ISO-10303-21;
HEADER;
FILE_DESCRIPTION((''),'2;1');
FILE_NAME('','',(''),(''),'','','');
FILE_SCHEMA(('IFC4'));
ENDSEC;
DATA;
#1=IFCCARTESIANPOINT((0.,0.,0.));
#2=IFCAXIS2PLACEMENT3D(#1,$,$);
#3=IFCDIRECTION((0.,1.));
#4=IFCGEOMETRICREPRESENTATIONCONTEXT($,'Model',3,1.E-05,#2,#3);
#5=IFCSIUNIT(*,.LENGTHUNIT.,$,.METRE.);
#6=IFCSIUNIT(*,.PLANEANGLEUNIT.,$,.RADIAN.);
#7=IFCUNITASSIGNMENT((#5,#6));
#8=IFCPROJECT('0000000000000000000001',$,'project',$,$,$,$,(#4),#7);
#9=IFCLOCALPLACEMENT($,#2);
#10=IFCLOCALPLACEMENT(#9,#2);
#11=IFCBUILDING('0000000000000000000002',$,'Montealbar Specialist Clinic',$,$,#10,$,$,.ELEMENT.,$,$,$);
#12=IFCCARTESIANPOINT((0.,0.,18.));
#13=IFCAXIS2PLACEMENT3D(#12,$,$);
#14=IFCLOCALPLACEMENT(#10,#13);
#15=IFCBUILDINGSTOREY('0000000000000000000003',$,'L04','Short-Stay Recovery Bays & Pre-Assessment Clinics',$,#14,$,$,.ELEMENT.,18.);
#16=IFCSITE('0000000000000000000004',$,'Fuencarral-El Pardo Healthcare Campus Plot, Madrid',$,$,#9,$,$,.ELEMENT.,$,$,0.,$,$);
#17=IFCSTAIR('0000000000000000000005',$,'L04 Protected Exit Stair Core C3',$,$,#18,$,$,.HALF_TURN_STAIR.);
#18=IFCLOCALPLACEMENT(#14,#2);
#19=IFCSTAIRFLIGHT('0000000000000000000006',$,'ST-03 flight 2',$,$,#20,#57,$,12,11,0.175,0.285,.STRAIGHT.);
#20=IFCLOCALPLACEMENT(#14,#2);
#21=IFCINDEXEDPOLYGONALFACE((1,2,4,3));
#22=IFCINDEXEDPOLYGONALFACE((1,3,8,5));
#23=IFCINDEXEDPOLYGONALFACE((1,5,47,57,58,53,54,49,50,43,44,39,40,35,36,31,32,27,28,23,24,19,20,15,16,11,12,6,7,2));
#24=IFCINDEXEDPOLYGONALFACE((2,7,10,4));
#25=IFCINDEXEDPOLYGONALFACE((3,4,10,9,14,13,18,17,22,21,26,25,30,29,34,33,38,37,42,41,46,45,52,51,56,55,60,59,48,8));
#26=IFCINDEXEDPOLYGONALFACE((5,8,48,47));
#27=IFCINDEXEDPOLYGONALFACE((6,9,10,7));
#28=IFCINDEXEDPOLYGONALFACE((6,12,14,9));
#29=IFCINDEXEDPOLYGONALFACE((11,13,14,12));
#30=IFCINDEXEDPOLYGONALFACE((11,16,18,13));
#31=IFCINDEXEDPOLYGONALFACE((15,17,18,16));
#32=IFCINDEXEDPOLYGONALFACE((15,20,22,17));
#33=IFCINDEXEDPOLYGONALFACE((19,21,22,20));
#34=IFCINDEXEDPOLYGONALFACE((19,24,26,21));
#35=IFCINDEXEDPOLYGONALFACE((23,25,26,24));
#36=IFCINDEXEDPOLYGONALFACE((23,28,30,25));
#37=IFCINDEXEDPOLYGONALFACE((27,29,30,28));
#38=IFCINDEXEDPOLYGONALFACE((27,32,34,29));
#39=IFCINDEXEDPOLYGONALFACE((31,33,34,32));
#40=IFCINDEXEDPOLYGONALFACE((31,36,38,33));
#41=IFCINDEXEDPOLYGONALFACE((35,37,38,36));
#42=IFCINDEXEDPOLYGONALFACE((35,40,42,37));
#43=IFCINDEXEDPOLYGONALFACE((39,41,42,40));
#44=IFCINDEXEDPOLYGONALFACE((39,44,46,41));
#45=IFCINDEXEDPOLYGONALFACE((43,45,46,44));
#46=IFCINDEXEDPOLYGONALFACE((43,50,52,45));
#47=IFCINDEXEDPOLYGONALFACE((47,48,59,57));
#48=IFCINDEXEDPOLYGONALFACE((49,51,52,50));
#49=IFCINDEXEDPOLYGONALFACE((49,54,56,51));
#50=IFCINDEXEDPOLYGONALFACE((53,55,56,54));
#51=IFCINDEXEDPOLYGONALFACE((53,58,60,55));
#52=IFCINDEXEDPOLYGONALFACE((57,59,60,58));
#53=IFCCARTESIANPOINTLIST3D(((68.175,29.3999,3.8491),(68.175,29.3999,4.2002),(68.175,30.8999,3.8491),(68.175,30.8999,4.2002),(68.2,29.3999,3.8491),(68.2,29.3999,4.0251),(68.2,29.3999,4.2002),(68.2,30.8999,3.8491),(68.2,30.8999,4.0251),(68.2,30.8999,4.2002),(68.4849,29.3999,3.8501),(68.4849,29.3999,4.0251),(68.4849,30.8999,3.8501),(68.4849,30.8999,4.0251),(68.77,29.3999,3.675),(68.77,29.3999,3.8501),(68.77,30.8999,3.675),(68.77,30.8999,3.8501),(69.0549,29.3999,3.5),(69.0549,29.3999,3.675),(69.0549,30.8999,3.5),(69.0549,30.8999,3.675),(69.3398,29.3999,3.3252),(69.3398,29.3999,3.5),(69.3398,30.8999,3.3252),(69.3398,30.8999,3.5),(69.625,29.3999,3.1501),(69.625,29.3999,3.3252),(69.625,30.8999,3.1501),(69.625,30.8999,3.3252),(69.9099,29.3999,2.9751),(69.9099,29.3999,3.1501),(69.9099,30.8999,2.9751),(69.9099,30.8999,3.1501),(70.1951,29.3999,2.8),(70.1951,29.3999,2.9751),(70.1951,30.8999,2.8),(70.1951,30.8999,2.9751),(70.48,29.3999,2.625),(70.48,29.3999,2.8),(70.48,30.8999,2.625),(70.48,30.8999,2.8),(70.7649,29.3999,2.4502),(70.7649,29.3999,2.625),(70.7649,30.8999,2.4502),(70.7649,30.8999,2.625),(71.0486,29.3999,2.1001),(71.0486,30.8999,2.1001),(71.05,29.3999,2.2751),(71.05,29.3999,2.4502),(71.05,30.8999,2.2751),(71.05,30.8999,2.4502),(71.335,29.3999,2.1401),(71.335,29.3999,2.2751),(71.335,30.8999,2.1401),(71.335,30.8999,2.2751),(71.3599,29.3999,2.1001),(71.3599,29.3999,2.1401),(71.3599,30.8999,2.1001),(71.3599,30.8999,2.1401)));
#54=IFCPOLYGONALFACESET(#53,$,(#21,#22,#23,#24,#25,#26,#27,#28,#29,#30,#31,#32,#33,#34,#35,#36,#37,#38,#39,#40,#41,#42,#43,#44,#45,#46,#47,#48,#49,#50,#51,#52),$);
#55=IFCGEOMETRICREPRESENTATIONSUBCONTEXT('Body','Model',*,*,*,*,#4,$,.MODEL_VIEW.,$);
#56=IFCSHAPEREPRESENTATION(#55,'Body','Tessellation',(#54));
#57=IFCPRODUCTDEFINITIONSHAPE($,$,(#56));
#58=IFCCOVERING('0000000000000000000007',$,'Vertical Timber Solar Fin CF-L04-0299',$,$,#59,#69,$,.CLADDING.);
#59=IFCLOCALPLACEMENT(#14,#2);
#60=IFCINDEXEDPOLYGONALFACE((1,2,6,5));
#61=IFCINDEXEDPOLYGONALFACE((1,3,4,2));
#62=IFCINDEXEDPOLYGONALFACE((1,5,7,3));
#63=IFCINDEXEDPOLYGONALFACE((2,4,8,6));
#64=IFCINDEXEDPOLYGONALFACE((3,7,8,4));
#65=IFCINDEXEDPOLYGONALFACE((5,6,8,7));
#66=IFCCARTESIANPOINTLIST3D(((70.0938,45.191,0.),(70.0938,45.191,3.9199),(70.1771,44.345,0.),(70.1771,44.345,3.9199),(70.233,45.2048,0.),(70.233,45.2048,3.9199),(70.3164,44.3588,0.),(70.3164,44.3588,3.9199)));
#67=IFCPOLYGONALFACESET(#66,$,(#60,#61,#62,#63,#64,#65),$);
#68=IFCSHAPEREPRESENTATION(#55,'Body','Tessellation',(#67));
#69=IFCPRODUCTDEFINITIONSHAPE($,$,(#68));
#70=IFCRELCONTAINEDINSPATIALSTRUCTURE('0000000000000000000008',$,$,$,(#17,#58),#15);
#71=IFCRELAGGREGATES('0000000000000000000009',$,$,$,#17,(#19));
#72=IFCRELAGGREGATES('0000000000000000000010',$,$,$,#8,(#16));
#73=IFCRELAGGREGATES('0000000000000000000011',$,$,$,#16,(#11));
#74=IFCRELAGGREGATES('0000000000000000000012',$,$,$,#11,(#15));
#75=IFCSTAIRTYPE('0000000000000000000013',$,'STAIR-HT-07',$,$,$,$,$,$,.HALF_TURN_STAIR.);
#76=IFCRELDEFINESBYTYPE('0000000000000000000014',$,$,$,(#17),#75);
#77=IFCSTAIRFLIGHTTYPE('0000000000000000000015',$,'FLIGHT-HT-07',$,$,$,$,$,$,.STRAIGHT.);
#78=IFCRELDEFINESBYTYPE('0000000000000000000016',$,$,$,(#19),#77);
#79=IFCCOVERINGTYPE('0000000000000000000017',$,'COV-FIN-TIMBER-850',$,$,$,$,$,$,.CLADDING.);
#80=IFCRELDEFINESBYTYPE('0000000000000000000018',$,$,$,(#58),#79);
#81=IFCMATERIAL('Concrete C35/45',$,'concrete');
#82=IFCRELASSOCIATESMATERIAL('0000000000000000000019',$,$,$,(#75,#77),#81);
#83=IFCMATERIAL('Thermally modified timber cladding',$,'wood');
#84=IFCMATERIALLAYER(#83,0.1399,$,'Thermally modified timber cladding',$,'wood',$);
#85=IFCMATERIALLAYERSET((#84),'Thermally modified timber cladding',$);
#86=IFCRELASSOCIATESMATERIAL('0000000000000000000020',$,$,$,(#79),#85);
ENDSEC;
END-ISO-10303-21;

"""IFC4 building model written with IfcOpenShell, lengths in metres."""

from ifc_helpers import new_model, si_unit, direction, frame, origin, origin_2d, place, context, subcontext, project, spatial, polyline, rectangle, outline, extrude, material, layer, layer_set, type_object, element, aggregate, save


model = new_model("IFC4")

# Units and contexts
model_context = context("Model", 3, precision=1e-05, world=origin(), true_north=direction((0.0, 1.0)))
body_context = subcontext(model_context, "Body", "Model", "MODEL_VIEW")
ifc_project = project(units=[si_unit("LENGTHUNIT", "METRE"), si_unit("PLANEANGLEUNIT", "RADIAN")], contexts=[model_context])

# Site, building, storey
site_placement = place(None, origin())
site = spatial("IfcSite", under=ifc_project, at=site_placement, Name="Fuencarral-El Pardo Healthcare Campus Plot, Madrid", CompositionType="ELEMENT", RefElevation=0.0)
building_placement = place(site_placement, origin())
building = spatial("IfcBuilding", under=site, at=building_placement, Name="Montealbar Specialist Clinic", CompositionType="ELEMENT")
storey_placement = place(building_placement, frame((0.0, 0.0, 18.0)))
storey = spatial("IfcBuildingStorey", under=building, at=storey_placement, Name="L04", Description="Short-Stay Recovery Bays & Pre-Assessment Clinics", CompositionType="ELEMENT", Elevation=18.0)

# Shared definitions
ifc_material_1 = material(Name="Concrete C35/45", Category="concrete")

# Stair, stair flight
stair_type = type_object("IfcStairType", Name="STAIR-HT-07", PredefinedType="HALF_TURN_STAIR", material=ifc_material_1)
stair_placement = place(storey_placement, origin())
stair = element("IfcStair", 1, at=stair_placement, inside=storey, type_object=stair_type, Name="L04 Protected Exit Stair Core C3", PredefinedType="HALF_TURN_STAIR")
stair_flight_type = type_object("IfcStairFlightType", Name="FLIGHT-HT-07", PredefinedType="STRAIGHT", material=ifc_material_1)
stair_flight_placement = place(storey_placement, frame((71.335, 30.1499, 2.1001), z_axis=(0.0, 0.0, 1.0), x_axis=(-1.0, 0.0, 0.0)))
stair_flight = element("IfcStairFlight", 2, at=stair_flight_placement, type_object=stair_flight_type, Name="ST-03 flight 2", NumberOfRisers=12, NumberOfTreads=11, PredefinedType="STRAIGHT", RiserHeight=0.175, TreadLength=0.285, context=body_context, shape_type="SweptSolid", body=[
    extrude(outline(polyline([(-0.0249, 0.0), (-0.0249, 0.04), (0.0, 0.04), (0.0, 0.175), (0.2849, 0.175), (0.2849, 0.3501), (0.5701, 0.3501), (0.5701, 0.5249), (0.855, 0.5249), (0.855, 0.7), (1.1399, 0.7), (1.1399, 0.875), (1.425, 0.875), (1.425, 1.05), (1.71, 1.05), (1.71, 1.2251), (1.9951, 1.2251), (1.9951, 1.3999), (2.28, 1.3999), (2.28, 1.575), (2.5649, 1.575), (2.5649, 1.75), (2.8501, 1.75), (2.8501, 1.925), (3.135, 1.925), (3.135, 2.1001), (3.1599, 2.1001), (3.1599, 1.749), (3.135, 1.749), (0.2864, 0.0), (-0.0249, 0.0)])), frame((0.0, 0.75, 0.0), z_axis=(0.0, -1.0, 0.0), x_axis=(1.0, 0.0, 0.0)), (0.0, 0.0, 1.0), 1.5),
])
aggregate(stair, [stair_flight])

# Covering
ifc_material_2 = material(Name="Thermally modified timber cladding", Category="wood")
ifc_layer_1 = layer(ifc_material_2, 0.1399, Name="Thermally modified timber cladding", Category="wood")
ifc_layer_set_1 = layer_set([ifc_layer_1], Name="Thermally modified timber cladding")
covering_type = type_object("IfcCoveringType", Name="COV-FIN-TIMBER-850", PredefinedType="CLADDING", material=ifc_layer_set_1)
covering_placement = place(storey_placement, frame((70.2051, 44.7749, 0.0), z_axis=(0.0, 0.0, 1.0), x_axis=(-0.098045, 0.995182, 0.0)))
element("IfcCovering", 3, at=covering_placement, inside=storey, type_object=covering_type, Name="Vertical Timber Solar Fin CF-L04-0299", PredefinedType="CLADDING", context=body_context, shape_type="SweptSolid", body=[
    extrude(rectangle(XDim=0.8501, YDim=0.1399, at=origin_2d()), origin(), (0.0, 0.0, 1.0), 3.9199),
])

save(model, "model.ifc")
